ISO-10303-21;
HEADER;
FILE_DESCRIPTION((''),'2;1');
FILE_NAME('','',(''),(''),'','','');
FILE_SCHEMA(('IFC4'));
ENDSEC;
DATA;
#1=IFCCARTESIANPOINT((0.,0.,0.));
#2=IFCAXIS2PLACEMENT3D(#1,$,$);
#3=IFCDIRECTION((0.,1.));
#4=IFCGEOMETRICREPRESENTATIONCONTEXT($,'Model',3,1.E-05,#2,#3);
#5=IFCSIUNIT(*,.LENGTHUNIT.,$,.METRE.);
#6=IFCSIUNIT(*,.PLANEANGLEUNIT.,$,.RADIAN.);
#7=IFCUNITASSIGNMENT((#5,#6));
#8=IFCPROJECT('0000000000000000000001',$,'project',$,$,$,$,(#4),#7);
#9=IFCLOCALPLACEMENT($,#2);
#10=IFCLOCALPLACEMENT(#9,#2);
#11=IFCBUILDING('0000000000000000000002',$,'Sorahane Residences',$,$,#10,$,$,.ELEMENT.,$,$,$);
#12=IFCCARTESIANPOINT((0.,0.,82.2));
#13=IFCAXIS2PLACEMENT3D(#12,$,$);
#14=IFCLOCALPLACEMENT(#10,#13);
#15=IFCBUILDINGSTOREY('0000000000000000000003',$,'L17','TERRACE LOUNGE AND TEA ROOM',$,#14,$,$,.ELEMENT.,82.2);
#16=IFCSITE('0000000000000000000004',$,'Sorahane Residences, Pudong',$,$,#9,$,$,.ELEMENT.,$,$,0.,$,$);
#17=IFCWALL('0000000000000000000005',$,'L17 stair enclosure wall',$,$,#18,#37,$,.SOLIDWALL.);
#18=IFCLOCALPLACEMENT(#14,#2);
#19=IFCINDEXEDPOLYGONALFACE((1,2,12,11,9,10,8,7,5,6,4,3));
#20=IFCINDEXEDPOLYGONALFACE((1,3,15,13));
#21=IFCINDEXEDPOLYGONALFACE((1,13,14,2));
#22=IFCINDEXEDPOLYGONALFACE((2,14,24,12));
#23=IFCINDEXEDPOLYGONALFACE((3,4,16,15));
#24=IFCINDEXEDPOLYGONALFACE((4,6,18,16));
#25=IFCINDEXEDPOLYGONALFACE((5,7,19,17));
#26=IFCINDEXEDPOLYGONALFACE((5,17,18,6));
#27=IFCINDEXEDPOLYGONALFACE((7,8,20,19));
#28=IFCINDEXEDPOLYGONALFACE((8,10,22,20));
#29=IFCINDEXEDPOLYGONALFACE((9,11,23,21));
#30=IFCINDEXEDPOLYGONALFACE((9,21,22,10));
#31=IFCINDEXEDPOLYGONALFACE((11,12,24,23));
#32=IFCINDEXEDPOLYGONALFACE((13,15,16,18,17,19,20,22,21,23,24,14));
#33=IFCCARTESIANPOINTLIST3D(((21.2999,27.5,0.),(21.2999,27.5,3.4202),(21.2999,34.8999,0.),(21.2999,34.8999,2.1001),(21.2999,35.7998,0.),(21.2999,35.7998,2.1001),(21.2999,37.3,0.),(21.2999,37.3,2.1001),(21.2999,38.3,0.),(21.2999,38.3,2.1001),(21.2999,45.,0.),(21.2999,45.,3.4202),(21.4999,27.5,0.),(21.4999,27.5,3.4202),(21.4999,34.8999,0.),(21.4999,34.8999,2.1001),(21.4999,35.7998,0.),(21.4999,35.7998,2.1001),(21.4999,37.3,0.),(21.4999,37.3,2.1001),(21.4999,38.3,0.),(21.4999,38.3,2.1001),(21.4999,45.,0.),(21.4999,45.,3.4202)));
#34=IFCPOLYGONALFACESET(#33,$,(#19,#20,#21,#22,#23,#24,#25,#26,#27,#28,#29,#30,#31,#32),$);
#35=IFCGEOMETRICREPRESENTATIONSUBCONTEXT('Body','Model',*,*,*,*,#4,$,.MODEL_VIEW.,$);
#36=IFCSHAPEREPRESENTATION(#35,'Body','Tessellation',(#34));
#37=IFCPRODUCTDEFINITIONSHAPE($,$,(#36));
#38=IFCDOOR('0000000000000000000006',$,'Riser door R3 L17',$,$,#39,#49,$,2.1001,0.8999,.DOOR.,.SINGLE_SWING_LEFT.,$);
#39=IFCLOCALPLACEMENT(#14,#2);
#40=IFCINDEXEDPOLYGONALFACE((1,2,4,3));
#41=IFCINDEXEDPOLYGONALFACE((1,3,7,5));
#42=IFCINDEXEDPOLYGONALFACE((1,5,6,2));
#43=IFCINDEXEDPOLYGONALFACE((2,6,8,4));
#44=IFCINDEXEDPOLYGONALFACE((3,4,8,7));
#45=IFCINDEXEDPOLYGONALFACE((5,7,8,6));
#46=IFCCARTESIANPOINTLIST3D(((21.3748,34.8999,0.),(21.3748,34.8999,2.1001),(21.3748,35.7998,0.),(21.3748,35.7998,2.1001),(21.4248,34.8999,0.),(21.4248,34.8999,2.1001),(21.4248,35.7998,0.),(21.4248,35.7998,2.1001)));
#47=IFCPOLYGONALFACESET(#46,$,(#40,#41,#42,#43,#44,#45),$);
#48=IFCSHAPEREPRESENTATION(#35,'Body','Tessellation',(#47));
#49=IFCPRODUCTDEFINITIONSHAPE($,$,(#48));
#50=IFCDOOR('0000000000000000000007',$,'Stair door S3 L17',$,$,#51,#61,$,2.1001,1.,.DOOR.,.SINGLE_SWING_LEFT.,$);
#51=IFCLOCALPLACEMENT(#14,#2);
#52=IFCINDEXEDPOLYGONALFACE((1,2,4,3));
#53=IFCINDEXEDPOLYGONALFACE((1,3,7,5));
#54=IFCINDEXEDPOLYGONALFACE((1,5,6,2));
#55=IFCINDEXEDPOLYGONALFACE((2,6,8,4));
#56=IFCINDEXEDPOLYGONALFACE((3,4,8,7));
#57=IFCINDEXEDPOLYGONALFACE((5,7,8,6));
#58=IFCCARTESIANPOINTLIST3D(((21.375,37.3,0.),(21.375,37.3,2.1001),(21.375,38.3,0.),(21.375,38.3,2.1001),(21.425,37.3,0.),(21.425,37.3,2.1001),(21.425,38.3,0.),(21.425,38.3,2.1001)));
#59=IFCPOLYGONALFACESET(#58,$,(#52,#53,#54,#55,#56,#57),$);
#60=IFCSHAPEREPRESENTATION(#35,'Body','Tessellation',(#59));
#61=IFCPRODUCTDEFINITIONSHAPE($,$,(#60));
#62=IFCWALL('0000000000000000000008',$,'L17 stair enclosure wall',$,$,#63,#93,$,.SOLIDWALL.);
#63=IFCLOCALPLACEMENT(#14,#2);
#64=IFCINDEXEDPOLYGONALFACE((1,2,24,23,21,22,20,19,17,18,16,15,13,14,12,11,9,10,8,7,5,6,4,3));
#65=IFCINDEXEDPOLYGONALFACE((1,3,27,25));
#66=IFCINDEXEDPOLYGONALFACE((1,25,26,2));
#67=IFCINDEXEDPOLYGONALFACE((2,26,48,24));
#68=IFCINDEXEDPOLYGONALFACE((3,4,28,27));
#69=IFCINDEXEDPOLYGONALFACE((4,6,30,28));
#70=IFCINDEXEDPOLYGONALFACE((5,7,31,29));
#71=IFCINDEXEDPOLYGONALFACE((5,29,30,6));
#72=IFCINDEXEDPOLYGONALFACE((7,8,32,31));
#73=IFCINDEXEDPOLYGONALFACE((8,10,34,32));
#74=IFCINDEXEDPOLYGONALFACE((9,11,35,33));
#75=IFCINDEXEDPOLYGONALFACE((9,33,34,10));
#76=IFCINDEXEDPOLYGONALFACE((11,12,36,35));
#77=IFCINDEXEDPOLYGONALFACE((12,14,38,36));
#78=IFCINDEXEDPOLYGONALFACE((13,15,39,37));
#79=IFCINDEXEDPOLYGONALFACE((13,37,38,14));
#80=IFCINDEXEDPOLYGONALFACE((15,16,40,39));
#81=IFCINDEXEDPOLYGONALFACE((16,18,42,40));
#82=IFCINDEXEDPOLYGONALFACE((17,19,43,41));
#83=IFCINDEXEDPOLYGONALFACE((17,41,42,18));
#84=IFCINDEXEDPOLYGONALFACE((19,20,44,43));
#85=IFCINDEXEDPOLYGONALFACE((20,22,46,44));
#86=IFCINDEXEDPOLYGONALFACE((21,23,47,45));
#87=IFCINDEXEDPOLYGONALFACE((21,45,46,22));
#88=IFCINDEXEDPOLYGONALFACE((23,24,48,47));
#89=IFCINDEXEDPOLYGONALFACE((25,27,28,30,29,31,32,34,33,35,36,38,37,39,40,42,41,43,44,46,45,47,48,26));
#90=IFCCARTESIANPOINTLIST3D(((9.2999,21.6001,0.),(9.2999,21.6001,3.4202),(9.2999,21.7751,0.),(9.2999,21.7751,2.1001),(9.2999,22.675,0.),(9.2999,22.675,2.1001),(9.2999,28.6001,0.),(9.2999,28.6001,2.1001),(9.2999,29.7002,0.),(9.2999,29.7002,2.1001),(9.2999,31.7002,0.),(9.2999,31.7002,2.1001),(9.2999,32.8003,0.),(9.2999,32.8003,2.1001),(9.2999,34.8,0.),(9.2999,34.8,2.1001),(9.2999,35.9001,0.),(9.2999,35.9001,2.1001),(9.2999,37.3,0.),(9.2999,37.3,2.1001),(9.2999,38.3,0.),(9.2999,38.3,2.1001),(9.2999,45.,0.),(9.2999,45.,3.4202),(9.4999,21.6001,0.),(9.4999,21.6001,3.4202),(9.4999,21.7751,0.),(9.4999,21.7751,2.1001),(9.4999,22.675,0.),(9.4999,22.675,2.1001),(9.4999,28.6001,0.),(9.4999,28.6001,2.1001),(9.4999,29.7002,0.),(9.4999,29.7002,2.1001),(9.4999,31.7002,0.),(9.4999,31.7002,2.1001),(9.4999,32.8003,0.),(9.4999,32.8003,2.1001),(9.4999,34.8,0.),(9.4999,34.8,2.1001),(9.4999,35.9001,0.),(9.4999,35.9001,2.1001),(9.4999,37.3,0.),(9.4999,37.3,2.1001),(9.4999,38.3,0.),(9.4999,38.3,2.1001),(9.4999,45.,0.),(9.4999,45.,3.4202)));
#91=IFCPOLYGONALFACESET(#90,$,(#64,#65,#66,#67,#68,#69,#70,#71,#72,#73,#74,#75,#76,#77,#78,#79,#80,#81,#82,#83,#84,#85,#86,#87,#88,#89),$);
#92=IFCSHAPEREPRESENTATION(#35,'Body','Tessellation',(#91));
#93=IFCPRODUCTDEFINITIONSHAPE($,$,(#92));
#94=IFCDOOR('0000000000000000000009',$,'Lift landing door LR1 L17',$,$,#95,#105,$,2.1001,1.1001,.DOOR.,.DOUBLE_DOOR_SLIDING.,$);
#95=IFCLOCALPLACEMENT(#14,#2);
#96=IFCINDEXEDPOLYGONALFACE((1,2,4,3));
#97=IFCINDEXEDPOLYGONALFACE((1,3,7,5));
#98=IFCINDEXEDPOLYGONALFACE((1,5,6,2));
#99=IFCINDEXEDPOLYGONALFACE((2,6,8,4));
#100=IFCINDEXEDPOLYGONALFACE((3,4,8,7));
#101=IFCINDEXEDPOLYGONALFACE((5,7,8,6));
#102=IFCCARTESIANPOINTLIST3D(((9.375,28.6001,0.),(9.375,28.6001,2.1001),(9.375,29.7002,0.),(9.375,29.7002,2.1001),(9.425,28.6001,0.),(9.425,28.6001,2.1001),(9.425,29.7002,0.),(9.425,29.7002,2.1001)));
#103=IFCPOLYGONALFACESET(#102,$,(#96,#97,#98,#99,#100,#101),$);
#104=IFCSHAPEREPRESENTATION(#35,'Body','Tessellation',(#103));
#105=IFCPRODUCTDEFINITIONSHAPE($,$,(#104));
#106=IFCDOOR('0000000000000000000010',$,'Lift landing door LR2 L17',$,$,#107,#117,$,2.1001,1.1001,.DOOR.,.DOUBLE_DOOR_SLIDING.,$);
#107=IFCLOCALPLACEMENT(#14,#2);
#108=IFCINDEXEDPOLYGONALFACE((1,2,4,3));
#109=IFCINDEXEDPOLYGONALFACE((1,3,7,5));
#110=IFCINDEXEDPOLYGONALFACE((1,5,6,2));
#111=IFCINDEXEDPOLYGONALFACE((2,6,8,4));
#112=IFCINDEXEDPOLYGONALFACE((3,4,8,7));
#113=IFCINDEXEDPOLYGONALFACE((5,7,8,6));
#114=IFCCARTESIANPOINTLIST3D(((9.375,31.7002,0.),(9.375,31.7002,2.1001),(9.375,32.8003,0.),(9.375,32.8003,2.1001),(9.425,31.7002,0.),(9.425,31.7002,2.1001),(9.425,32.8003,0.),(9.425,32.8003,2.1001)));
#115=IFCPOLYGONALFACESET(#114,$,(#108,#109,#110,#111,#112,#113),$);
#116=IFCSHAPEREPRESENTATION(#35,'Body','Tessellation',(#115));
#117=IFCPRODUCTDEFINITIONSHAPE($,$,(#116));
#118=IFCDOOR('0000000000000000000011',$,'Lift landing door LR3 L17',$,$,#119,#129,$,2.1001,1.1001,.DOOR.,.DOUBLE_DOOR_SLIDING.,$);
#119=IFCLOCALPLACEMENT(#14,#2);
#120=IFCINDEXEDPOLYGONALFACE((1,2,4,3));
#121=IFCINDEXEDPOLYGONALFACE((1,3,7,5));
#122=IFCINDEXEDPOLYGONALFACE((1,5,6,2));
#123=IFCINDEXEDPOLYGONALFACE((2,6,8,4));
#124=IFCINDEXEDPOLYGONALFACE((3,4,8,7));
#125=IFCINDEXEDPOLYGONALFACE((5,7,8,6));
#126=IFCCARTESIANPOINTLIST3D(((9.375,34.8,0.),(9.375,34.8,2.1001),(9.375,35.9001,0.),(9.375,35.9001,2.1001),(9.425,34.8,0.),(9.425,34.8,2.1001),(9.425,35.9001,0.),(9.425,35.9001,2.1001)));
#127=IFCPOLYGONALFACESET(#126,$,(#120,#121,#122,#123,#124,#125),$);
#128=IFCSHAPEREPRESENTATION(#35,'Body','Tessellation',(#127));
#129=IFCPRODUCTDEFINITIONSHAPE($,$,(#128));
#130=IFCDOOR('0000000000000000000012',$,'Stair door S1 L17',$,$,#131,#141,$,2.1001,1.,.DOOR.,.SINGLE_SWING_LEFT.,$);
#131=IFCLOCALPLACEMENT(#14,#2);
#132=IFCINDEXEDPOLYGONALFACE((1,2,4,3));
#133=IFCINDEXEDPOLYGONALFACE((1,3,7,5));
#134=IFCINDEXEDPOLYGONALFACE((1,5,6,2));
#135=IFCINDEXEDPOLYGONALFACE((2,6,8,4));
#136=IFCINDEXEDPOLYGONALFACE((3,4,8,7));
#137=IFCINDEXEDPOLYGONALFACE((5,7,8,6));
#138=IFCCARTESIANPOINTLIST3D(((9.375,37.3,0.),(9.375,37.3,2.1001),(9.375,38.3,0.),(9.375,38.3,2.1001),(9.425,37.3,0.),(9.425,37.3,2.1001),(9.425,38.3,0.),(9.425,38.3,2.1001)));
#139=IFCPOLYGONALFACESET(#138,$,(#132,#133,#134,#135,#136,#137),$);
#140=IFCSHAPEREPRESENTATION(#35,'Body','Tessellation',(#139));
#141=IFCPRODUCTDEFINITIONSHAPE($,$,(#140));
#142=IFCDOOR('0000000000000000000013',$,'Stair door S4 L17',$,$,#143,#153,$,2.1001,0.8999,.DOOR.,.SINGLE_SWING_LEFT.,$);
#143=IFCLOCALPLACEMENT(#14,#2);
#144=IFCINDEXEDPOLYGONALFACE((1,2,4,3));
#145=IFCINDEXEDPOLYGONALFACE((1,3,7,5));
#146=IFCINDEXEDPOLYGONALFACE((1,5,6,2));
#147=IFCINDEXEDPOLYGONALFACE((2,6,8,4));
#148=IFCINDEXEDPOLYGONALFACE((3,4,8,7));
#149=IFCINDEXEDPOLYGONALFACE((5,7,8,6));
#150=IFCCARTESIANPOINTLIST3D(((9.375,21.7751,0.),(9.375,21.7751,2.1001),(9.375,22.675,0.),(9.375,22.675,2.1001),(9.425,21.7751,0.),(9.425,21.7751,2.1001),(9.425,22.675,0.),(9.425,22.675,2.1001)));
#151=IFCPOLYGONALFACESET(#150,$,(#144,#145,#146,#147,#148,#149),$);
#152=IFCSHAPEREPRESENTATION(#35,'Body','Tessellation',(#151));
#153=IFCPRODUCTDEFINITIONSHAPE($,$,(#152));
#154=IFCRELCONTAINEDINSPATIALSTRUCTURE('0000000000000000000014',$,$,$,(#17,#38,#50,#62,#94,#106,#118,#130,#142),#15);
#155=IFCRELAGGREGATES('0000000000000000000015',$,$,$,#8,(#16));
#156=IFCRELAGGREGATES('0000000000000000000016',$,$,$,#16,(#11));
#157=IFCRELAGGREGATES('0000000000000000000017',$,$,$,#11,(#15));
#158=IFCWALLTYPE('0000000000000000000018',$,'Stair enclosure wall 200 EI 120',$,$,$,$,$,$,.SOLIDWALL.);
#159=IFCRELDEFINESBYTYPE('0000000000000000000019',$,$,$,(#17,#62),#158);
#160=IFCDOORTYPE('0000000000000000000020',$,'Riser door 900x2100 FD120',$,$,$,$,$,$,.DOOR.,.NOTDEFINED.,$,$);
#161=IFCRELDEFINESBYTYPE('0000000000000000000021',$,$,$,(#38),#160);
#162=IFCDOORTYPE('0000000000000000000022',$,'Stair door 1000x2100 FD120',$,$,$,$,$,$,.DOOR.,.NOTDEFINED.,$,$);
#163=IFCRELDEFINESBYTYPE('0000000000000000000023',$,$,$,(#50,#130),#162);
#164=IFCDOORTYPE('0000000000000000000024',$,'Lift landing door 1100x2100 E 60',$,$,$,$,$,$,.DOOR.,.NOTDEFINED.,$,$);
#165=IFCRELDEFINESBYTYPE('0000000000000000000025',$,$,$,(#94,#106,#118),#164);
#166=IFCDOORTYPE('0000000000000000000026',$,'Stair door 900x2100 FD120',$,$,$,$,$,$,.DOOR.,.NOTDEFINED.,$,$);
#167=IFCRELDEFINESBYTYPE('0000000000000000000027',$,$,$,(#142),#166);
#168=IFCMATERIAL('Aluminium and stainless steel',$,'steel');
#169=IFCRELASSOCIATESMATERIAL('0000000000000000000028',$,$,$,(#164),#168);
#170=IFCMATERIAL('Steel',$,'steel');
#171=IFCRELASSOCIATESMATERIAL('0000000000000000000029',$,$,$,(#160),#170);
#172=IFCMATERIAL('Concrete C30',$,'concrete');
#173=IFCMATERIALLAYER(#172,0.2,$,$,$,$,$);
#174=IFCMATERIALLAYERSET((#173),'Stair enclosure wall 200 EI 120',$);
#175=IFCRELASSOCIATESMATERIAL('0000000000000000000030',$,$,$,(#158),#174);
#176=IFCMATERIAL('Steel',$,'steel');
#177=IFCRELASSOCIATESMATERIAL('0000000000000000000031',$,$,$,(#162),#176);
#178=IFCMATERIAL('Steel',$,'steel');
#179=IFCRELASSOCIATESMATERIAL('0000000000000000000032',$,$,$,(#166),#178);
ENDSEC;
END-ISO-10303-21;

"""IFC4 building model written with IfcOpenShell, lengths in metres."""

from ifc_helpers import new_model, si_unit, direction, frame, frame_2d, origin, place, context, subcontext, project, spatial, rectangle, extrude, material, layer, layer_set, type_object, element, fill, save


model = new_model("IFC4")

# Units and contexts
model_context = context("Model", 3, precision=1e-05, world=origin(), true_north=direction((0.0, 1.0)))
body_context = subcontext(model_context, "Body", "Model", "MODEL_VIEW")
ifc_project = project(units=[si_unit("LENGTHUNIT", "METRE"), si_unit("PLANEANGLEUNIT", "RADIAN")], contexts=[model_context])

# Site, building, storey
site_placement = place(None, origin())
site = spatial("IfcSite", under=ifc_project, at=site_placement, Name="Sorahane Residences, Pudong", CompositionType="ELEMENT", RefElevation=0.0)
building_placement = place(site_placement, origin())
building = spatial("IfcBuilding", under=site, at=building_placement, Name="Sorahane Residences", CompositionType="ELEMENT")
storey_placement = place(building_placement, frame((0.0, 0.0, 82.2)))
storey = spatial("IfcBuildingStorey", under=building, at=storey_placement, Name="L17", Description="TERRACE LOUNGE AND TEA ROOM", CompositionType="ELEMENT", Elevation=82.2)

# Walls, openings, doors
ifc_material_1 = material(Name="Aluminium and stainless steel", Category="steel")
door_type_1 = type_object("IfcDoorType", Name="Lift landing door 1100x2100 E 60", OperationType="NOTDEFINED", PredefinedType="DOOR", material=ifc_material_1)
ifc_material_2 = material(Name="Steel", Category="steel")
door_type_2 = type_object("IfcDoorType", Name="Riser door 900x2100 FD120", OperationType="NOTDEFINED", PredefinedType="DOOR", material=ifc_material_2)
ifc_material_3 = material(Name="Concrete C30", Category="concrete")
ifc_layer_1 = layer(ifc_material_3, 0.2)
ifc_layer_set_1 = layer_set([ifc_layer_1], Name="Stair enclosure wall 200 EI 120")
wall_type_1 = type_object("IfcWallType", Name="Stair enclosure wall 200 EI 120", PredefinedType="SOLIDWALL", material=ifc_layer_set_1)
wall_1_placement = place(storey_placement, frame((21.3999, 27.5, 0.0), z_axis=(0.0, 0.0, 1.0), x_axis=(0.0, 1.0, 0.0)))
wall_1 = element("IfcWall", 1, at=wall_1_placement, inside=storey, type_object=wall_type_1, Name="L17 stair enclosure wall", PredefinedType="SOLIDWALL", context=body_context, shape_type="SweptSolid", body=[
    extrude(rectangle(XDim=17.5, YDim=0.2, at=frame_2d((8.75, 0.0))), origin(), (0.0, 0.0, 1.0), 3.4202),
])
opening_1_placement = place(wall_1_placement, frame((9.8, 0.0, 0.0)))
opening_1 = element("IfcOpeningElement", 2, at=opening_1_placement, cuts=wall_1, PredefinedType="OPENING", context=body_context, shape_type="SweptSolid", body=[
    extrude(rectangle(XDim=1.0, YDim=2.1001, at=frame_2d((0.5, 1.05))), frame((0.0, 0.1099, 0.0), z_axis=(0.0, -1.0, 0.0), x_axis=(1.0, 0.0, 0.0)), (0.0, 0.0, 1.0), 0.22),
])
opening_2_placement = place(wall_1_placement, frame((7.3999, 0.0, 0.0)))
opening_2 = element("IfcOpeningElement", 3, at=opening_2_placement, cuts=wall_1, PredefinedType="OPENING", context=body_context, shape_type="SweptSolid", body=[
    extrude(rectangle(XDim=0.8999, YDim=2.1001, at=frame_2d((0.45, 1.05))), frame((0.0, 0.1099, 0.0), z_axis=(0.0, -1.0, 0.0), x_axis=(1.0, 0.0, 0.0)), (0.0, 0.0, 1.0), 0.22),
])
door_1_placement = place(opening_2_placement, frame((0.8999, 0.0, 0.0), z_axis=(0.0, 0.0, 1.0), x_axis=(-1.0, 0.0, 0.0)))
door_1 = element("IfcDoor", 4, at=door_1_placement, inside=storey, type_object=door_type_2, Name="Riser door R3 L17", OperationType="SINGLE_SWING_LEFT", OverallHeight=2.1001, OverallWidth=0.8999, PredefinedType="DOOR", context=body_context, shape_type="SweptSolid", body=[
    extrude(rectangle(XDim=0.8999, YDim=2.1001, at=frame_2d((0.45, 1.05))), frame((0.0, 0.0249, 0.0), z_axis=(0.0, -1.0, 0.0), x_axis=(1.0, 0.0, 0.0)), (0.0, 0.0, 1.0), 0.05),
])
fill(opening_2, door_1)
ifc_material_4 = material(Name="Steel", Category="steel")
door_type_3 = type_object("IfcDoorType", Name="Stair door 1000x2100 FD120", OperationType="NOTDEFINED", PredefinedType="DOOR", material=ifc_material_4)
door_2_placement = place(opening_1_placement, origin())
door_2 = element("IfcDoor", 5, at=door_2_placement, inside=storey, type_object=door_type_3, Name="Stair door S3 L17", OperationType="SINGLE_SWING_LEFT", OverallHeight=2.1001, OverallWidth=1.0, PredefinedType="DOOR", context=body_context, shape_type="SweptSolid", body=[
    extrude(rectangle(XDim=1.0, YDim=2.1001, at=frame_2d((0.5, 1.05))), frame((0.0, 0.0249, 0.0), z_axis=(0.0, -1.0, 0.0), x_axis=(1.0, 0.0, 0.0)), (0.0, 0.0, 1.0), 0.05),
])
fill(opening_1, door_2)
wall_2_placement = place(storey_placement, frame((9.3999, 21.6001, 0.0), z_axis=(0.0, 0.0, 1.0), x_axis=(0.0, 1.0, 0.0)))
wall_2 = element("IfcWall", 6, at=wall_2_placement, inside=storey, type_object=wall_type_1, Name="L17 stair enclosure wall", PredefinedType="SOLIDWALL", context=body_context, shape_type="SweptSolid", body=[
    extrude(rectangle(XDim=23.3999, YDim=0.2, at=frame_2d((11.7, 0.0))), origin(), (0.0, 0.0, 1.0), 3.4202),
])
opening_3_placement = place(wall_2_placement, frame((7.0, 0.0, 0.0)))
opening_3 = element("IfcOpeningElement", 7, at=opening_3_placement, cuts=wall_2, PredefinedType="OPENING", context=body_context, shape_type="SweptSolid", body=[
    extrude(rectangle(XDim=1.1001, YDim=2.1001, at=frame_2d((0.55, 1.05))), frame((0.0, 0.1099, 0.0), z_axis=(0.0, -1.0, 0.0), x_axis=(1.0, 0.0, 0.0)), (0.0, 0.0, 1.0), 0.22),
])
opening_4_placement = place(wall_2_placement, frame((10.1001, 0.0, 0.0)))
opening_4 = element("IfcOpeningElement", 8, at=opening_4_placement, cuts=wall_2, PredefinedType="OPENING", context=body_context, shape_type="SweptSolid", body=[
    extrude(rectangle(XDim=1.1001, YDim=2.1001, at=frame_2d((0.55, 1.05))), frame((0.0, 0.1099, 0.0), z_axis=(0.0, -1.0, 0.0), x_axis=(1.0, 0.0, 0.0)), (0.0, 0.0, 1.0), 0.22),
])
opening_5_placement = place(wall_2_placement, frame((13.2, 0.0, 0.0)))
opening_5 = element("IfcOpeningElement", 9, at=opening_5_placement, cuts=wall_2, PredefinedType="OPENING", context=body_context, shape_type="SweptSolid", body=[
    extrude(rectangle(XDim=1.1001, YDim=2.1001, at=frame_2d((0.55, 1.05))), frame((0.0, 0.1099, 0.0), z_axis=(0.0, -1.0, 0.0), x_axis=(1.0, 0.0, 0.0)), (0.0, 0.0, 1.0), 0.22),
])
opening_6_placement = place(wall_2_placement, frame((15.7, 0.0, 0.0)))
opening_6 = element("IfcOpeningElement", 10, at=opening_6_placement, cuts=wall_2, PredefinedType="OPENING", context=body_context, shape_type="SweptSolid", body=[
    extrude(rectangle(XDim=1.0, YDim=2.1001, at=frame_2d((0.5, 1.05))), frame((0.0, 0.1099, 0.0), z_axis=(0.0, -1.0, 0.0), x_axis=(1.0, 0.0, 0.0)), (0.0, 0.0, 1.0), 0.22),
])
opening_7_placement = place(wall_2_placement, frame((0.175, 0.0, 0.0)))
opening_7 = element("IfcOpeningElement", 11, at=opening_7_placement, cuts=wall_2, PredefinedType="OPENING", context=body_context, shape_type="SweptSolid", body=[
    extrude(rectangle(XDim=0.8999, YDim=2.1001, at=frame_2d((0.45, 1.05))), frame((0.0, 0.1099, 0.0), z_axis=(0.0, -1.0, 0.0), x_axis=(1.0, 0.0, 0.0)), (0.0, 0.0, 1.0), 0.22),
])
door_3_placement = place(opening_3_placement, origin())
door_3 = element("IfcDoor", 12, at=door_3_placement, inside=storey, type_object=door_type_1, Name="Lift landing door LR1 L17", OperationType="DOUBLE_DOOR_SLIDING", OverallHeight=2.1001, OverallWidth=1.1001, PredefinedType="DOOR", context=body_context, shape_type="SweptSolid", body=[
    extrude(rectangle(XDim=1.1001, YDim=2.1001, at=frame_2d((0.55, 1.05))), frame((0.0, 0.0249, 0.0), z_axis=(0.0, -1.0, 0.0), x_axis=(1.0, 0.0, 0.0)), (0.0, 0.0, 1.0), 0.05),
])
fill(opening_3, door_3)
door_4_placement = place(opening_4_placement, origin())
door_4 = element("IfcDoor", 13, at=door_4_placement, inside=storey, type_object=door_type_1, Name="Lift landing door LR2 L17", OperationType="DOUBLE_DOOR_SLIDING", OverallHeight=2.1001, OverallWidth=1.1001, PredefinedType="DOOR", context=body_context, shape_type="SweptSolid", body=[
    extrude(rectangle(XDim=1.1001, YDim=2.1001, at=frame_2d((0.55, 1.05))), frame((0.0, 0.0249, 0.0), z_axis=(0.0, -1.0, 0.0), x_axis=(1.0, 0.0, 0.0)), (0.0, 0.0, 1.0), 0.05),
])
fill(opening_4, door_4)
door_5_placement = place(opening_5_placement, origin())
door_5 = element("IfcDoor", 14, at=door_5_placement, inside=storey, type_object=door_type_1, Name="Lift landing door LR3 L17", OperationType="DOUBLE_DOOR_SLIDING", OverallHeight=2.1001, OverallWidth=1.1001, PredefinedType="DOOR", context=body_context, shape_type="SweptSolid", body=[
    extrude(rectangle(XDim=1.1001, YDim=2.1001, at=frame_2d((0.55, 1.05))), frame((0.0, 0.0249, 0.0), z_axis=(0.0, -1.0, 0.0), x_axis=(1.0, 0.0, 0.0)), (0.0, 0.0, 1.0), 0.05),
])
fill(opening_5, door_5)
door_6_placement = place(opening_6_placement, origin())
door_6 = element("IfcDoor", 15, at=door_6_placement, inside=storey, type_object=door_type_3, Name="Stair door S1 L17", OperationType="SINGLE_SWING_LEFT", OverallHeight=2.1001, OverallWidth=1.0, PredefinedType="DOOR", context=body_context, shape_type="SweptSolid", body=[
    extrude(rectangle(XDim=1.0, YDim=2.1001, at=frame_2d((0.5, 1.05))), frame((0.0, 0.0249, 0.0), z_axis=(0.0, -1.0, 0.0), x_axis=(1.0, 0.0, 0.0)), (0.0, 0.0, 1.0), 0.05),
])
fill(opening_6, door_6)
ifc_material_5 = material(Name="Steel", Category="steel")
door_type_4 = type_object("IfcDoorType", Name="Stair door 900x2100 FD120", OperationType="NOTDEFINED", PredefinedType="DOOR", material=ifc_material_5)
door_7_placement = place(opening_7_placement, origin())
door_7 = element("IfcDoor", 16, at=door_7_placement, inside=storey, type_object=door_type_4, Name="Stair door S4 L17", OperationType="SINGLE_SWING_LEFT", OverallHeight=2.1001, OverallWidth=0.8999, PredefinedType="DOOR", context=body_context, shape_type="SweptSolid", body=[
    extrude(rectangle(XDim=0.8999, YDim=2.1001, at=frame_2d((0.45, 1.05))), frame((0.0, 0.0249, 0.0), z_axis=(0.0, -1.0, 0.0), x_axis=(1.0, 0.0, 0.0)), (0.0, 0.0, 1.0), 0.05),
])
fill(opening_7, door_7)

save(model, "model.ifc")
